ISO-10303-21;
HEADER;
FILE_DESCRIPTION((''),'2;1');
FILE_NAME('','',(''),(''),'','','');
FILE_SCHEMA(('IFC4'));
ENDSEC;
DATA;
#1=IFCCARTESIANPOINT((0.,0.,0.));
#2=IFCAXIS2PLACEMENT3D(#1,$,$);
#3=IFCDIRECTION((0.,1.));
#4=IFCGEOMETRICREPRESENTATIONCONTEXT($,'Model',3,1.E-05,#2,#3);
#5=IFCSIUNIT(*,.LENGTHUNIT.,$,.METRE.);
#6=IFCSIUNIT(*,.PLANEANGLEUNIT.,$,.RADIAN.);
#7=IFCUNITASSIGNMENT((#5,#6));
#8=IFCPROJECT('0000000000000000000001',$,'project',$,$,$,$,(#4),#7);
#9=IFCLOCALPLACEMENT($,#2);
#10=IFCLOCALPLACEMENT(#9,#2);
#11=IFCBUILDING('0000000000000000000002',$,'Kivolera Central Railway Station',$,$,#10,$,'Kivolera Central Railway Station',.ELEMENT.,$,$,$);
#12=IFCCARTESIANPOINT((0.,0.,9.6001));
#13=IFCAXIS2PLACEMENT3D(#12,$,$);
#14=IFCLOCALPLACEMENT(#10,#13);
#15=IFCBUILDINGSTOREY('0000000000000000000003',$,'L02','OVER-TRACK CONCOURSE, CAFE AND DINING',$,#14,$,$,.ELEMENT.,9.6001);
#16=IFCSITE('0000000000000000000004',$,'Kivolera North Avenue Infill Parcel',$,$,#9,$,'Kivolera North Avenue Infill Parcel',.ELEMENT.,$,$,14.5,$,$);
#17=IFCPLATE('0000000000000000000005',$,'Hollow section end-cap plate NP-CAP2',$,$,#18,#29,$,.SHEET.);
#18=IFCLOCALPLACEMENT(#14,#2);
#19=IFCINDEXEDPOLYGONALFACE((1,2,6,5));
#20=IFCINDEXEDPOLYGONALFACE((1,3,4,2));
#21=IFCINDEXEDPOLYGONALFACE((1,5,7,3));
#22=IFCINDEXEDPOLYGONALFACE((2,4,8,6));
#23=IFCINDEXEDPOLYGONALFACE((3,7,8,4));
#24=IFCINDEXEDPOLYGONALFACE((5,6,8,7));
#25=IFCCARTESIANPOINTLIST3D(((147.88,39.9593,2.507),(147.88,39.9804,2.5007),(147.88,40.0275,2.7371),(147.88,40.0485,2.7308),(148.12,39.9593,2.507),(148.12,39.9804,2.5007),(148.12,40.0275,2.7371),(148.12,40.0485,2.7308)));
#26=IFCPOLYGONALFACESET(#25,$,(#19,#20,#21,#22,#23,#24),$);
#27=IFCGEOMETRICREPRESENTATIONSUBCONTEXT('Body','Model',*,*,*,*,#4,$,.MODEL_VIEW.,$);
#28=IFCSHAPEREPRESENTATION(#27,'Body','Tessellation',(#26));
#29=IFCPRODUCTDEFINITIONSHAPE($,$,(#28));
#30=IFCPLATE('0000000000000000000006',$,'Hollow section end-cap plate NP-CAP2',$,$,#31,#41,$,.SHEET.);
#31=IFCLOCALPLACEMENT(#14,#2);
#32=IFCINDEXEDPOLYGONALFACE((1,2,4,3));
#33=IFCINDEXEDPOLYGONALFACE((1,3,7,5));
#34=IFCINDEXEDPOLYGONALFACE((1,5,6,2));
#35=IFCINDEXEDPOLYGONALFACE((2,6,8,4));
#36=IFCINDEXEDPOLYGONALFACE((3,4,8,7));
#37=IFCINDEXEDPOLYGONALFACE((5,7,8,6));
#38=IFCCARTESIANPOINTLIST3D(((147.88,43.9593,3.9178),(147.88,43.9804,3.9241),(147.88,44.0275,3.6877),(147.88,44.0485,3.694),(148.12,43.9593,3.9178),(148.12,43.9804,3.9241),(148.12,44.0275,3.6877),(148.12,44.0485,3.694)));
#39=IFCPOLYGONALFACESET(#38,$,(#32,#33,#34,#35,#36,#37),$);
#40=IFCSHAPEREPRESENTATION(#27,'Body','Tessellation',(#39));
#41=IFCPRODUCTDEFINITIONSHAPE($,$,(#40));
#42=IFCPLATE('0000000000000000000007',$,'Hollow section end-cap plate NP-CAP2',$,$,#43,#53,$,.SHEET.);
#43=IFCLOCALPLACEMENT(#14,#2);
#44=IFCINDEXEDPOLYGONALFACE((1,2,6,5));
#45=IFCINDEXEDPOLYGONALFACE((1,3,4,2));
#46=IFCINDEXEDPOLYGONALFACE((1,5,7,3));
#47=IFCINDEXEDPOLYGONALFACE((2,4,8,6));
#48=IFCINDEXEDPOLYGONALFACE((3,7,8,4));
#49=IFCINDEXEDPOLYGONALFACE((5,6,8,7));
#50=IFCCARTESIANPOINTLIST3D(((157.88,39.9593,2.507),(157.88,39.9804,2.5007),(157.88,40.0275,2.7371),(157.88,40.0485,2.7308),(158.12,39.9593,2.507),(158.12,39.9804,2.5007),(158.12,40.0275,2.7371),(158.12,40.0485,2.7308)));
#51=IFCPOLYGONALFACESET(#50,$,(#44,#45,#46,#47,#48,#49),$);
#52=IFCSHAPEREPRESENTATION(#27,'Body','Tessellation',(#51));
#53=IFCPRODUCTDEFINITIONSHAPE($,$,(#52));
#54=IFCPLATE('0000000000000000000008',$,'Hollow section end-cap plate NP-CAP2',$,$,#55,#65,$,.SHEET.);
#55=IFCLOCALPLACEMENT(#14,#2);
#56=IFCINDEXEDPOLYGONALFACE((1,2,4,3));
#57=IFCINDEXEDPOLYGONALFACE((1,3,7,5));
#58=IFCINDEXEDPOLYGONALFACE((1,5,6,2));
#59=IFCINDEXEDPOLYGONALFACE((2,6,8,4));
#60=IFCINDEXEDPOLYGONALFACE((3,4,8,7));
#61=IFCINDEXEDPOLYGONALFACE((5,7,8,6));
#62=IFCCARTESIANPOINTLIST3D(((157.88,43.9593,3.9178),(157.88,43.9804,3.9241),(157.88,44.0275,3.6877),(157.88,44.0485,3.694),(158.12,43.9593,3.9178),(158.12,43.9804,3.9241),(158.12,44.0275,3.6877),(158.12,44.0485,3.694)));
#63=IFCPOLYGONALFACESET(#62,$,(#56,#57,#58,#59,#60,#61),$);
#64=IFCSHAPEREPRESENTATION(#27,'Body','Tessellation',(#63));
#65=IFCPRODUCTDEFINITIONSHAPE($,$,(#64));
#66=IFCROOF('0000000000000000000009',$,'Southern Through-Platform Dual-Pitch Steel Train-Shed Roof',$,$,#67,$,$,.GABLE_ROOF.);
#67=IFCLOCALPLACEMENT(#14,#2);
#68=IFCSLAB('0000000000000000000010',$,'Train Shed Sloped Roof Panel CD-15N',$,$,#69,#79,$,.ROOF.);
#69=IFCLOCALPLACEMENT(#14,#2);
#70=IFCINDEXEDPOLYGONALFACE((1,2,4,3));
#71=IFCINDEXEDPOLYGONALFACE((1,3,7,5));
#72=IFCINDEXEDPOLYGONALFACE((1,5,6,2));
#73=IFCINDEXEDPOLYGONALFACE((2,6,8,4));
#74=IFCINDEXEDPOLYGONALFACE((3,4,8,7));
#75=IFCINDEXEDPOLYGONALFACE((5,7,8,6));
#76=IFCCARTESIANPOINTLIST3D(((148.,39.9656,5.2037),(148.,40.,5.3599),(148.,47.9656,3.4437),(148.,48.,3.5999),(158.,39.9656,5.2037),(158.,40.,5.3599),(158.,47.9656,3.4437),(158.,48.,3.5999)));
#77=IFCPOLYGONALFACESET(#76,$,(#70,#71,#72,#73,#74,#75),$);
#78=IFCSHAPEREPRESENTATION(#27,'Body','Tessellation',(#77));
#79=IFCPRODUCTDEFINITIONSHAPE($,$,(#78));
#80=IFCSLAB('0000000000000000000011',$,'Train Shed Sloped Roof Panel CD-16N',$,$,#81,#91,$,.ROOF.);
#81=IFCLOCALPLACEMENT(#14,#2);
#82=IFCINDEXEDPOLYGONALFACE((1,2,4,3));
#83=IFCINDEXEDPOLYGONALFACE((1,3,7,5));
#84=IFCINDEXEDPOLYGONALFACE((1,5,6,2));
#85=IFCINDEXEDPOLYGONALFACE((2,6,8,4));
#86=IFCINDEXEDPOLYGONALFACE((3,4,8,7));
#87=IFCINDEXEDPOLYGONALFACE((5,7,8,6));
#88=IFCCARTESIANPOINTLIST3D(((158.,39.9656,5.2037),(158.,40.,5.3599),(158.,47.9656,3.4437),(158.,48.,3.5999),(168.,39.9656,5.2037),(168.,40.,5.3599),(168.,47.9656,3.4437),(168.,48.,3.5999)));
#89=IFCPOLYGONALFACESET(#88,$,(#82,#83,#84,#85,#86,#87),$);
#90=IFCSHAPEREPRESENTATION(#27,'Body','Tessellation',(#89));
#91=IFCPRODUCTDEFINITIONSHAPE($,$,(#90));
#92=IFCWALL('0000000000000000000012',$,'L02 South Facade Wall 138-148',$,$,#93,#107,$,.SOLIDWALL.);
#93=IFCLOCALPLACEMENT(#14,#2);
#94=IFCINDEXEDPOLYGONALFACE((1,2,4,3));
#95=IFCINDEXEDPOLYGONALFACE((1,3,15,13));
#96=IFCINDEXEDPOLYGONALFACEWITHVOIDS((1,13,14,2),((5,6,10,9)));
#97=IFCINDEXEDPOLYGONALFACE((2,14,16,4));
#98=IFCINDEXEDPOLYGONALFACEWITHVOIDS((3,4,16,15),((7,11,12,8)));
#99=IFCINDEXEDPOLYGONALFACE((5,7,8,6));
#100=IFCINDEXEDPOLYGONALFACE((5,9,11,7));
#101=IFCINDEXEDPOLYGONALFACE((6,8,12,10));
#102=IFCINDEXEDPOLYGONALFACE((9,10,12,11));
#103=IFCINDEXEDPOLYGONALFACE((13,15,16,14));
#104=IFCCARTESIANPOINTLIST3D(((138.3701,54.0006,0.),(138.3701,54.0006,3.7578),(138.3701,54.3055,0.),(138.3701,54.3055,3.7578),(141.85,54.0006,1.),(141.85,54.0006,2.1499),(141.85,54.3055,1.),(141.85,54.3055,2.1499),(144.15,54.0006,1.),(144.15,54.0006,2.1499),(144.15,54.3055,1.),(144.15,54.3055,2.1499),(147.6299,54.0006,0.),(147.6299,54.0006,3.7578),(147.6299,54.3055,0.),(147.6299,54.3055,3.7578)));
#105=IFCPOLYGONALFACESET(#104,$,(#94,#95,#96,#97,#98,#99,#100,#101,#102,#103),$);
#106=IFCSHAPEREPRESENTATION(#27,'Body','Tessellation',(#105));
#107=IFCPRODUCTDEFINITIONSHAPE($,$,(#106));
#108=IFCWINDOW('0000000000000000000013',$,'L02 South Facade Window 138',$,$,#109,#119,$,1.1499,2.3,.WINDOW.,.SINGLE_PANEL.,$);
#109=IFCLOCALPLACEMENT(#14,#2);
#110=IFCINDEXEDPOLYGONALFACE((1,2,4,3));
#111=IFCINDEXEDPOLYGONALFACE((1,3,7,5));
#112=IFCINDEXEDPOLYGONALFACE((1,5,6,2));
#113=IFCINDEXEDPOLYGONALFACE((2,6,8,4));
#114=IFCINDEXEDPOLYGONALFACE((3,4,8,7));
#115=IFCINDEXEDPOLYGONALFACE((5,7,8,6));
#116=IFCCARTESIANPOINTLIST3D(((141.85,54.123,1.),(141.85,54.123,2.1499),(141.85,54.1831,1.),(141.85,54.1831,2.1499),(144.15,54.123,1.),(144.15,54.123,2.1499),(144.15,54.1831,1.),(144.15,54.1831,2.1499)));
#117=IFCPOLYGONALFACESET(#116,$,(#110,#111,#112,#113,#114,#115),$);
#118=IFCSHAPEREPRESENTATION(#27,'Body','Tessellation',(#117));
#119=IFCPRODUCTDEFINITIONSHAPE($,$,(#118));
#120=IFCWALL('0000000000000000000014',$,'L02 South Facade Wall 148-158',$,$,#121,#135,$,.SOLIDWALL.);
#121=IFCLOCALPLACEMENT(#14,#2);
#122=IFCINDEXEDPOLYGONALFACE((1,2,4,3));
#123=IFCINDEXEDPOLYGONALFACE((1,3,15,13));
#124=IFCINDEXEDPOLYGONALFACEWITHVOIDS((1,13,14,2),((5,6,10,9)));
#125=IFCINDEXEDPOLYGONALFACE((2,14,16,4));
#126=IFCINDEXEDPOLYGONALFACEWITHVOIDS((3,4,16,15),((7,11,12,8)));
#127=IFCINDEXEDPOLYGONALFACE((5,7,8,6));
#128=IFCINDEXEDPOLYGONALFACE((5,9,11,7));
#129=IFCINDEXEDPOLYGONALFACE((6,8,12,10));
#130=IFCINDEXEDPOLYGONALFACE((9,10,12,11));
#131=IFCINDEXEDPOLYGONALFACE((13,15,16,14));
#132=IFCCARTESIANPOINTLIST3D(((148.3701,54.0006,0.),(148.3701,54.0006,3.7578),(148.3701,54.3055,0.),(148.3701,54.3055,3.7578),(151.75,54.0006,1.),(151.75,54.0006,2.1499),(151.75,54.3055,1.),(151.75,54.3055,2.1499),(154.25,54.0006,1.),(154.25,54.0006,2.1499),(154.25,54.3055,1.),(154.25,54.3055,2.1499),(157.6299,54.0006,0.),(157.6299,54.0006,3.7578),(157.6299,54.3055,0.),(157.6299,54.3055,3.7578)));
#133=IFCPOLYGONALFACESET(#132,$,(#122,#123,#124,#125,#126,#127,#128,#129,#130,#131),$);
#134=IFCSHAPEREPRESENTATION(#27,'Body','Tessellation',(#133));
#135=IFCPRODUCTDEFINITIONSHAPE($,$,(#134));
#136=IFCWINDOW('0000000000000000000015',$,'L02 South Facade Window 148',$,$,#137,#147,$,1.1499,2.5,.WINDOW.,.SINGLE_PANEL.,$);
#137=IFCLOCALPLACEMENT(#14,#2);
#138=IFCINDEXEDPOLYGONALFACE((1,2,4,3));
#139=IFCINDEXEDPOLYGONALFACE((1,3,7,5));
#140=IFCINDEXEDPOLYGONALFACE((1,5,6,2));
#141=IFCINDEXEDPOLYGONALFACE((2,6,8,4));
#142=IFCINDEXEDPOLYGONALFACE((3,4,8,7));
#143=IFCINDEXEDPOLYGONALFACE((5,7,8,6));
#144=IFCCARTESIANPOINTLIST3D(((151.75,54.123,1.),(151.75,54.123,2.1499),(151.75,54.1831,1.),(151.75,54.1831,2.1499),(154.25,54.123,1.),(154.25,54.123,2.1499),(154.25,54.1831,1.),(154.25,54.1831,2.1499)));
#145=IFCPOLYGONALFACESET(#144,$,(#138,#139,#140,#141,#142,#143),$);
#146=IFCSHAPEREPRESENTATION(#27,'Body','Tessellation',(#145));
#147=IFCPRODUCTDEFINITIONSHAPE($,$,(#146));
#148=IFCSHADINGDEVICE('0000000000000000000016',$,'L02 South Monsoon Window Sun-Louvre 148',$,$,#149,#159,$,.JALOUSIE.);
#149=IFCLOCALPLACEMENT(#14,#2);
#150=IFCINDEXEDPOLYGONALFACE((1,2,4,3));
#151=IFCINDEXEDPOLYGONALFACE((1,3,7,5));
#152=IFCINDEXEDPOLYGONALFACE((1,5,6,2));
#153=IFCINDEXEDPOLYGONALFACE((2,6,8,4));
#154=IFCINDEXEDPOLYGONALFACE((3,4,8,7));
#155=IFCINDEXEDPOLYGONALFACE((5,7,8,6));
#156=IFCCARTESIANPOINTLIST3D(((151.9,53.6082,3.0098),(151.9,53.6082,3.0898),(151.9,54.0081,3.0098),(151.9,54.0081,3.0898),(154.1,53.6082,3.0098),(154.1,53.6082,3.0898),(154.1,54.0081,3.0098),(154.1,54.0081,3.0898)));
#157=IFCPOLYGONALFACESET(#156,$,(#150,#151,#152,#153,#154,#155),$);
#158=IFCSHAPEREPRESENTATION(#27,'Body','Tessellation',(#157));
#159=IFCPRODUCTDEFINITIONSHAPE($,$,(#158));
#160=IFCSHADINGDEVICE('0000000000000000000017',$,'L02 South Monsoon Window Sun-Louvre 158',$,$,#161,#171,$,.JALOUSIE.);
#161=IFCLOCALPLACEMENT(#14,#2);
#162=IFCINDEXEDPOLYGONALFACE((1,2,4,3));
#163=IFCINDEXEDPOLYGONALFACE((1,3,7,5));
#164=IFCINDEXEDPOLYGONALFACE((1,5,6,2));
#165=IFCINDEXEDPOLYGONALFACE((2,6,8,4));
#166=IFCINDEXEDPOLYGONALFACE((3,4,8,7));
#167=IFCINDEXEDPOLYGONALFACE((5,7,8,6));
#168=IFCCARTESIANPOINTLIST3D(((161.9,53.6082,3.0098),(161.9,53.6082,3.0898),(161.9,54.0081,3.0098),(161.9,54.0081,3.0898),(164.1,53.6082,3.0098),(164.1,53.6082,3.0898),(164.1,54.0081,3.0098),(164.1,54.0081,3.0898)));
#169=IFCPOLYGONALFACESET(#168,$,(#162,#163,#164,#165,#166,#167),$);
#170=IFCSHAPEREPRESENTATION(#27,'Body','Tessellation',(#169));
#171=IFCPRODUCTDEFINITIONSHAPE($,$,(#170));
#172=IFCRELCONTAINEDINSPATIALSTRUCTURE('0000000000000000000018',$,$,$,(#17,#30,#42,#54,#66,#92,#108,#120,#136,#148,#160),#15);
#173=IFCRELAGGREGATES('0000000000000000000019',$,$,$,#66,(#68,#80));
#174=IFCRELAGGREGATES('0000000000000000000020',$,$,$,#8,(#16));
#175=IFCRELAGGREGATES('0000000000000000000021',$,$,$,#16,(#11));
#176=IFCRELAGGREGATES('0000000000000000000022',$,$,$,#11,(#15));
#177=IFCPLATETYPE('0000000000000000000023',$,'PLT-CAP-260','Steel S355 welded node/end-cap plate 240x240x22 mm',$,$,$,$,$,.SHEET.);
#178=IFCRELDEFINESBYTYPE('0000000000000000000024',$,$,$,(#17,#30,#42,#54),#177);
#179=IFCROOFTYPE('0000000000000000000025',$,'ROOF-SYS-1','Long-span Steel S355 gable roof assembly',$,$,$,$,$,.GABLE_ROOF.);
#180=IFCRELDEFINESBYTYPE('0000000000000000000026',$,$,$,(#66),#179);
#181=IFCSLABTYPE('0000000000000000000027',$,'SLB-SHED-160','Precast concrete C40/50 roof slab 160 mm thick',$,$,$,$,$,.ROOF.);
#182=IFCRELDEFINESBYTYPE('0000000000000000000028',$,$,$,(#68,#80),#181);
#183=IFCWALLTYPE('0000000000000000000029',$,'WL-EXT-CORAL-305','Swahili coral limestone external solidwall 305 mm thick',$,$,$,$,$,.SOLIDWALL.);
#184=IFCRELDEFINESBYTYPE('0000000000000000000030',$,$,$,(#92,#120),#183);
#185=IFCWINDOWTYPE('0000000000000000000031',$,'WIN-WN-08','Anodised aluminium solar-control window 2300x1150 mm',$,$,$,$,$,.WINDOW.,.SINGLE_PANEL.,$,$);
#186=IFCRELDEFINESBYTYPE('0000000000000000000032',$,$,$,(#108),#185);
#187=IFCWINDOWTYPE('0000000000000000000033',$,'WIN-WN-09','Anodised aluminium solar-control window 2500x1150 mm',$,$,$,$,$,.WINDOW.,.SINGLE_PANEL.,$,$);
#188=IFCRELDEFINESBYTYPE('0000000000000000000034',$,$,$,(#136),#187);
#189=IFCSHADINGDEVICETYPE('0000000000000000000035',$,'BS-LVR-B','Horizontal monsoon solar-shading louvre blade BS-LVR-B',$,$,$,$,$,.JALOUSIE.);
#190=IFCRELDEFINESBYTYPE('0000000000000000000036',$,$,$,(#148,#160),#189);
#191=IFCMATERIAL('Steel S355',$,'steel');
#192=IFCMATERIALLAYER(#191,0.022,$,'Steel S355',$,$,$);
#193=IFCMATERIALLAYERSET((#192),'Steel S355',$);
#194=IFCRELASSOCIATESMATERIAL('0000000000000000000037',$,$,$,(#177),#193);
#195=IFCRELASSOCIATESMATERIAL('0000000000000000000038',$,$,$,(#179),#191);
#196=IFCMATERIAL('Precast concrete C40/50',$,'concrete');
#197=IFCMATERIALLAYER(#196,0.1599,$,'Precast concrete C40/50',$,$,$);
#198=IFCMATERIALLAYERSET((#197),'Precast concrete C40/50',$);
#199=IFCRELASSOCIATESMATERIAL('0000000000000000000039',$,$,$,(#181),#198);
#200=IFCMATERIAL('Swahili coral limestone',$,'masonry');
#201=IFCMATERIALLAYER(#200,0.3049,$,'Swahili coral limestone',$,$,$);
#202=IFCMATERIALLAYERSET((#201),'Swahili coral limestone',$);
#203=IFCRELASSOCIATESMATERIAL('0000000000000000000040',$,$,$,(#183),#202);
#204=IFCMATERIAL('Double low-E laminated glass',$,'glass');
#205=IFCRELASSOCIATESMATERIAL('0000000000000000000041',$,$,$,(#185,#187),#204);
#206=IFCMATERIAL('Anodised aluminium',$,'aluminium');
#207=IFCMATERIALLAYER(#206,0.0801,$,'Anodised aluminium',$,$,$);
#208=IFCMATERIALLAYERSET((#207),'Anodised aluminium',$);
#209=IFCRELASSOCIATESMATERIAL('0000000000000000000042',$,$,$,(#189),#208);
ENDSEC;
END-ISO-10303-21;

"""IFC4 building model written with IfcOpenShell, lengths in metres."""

from ifc_helpers import new_model, si_unit, direction, frame, frame_2d, origin, origin_2d, place, context, subcontext, project, spatial, polyline, rectangle, outline, extrude, material, layer, layer_set, type_object, element, fill, aggregate, save


model = new_model("IFC4")

# Units and contexts
model_context = context("Model", 3, precision=1e-05, world=origin(), true_north=direction((0.0, 1.0)))
body_context = subcontext(model_context, "Body", "Model", "MODEL_VIEW")
ifc_project = project(units=[si_unit("LENGTHUNIT", "METRE"), si_unit("PLANEANGLEUNIT", "RADIAN")], contexts=[model_context])

# Site, building, storey
site_placement = place(None, origin())
site = spatial("IfcSite", under=ifc_project, at=site_placement, Name="Kivolera North Avenue Infill Parcel", LongName="Kivolera North Avenue Infill Parcel", CompositionType="ELEMENT", RefElevation=14.5)
building_placement = place(site_placement, origin())
building = spatial("IfcBuilding", under=site, at=building_placement, Name="Kivolera Central Railway Station", LongName="Kivolera Central Railway Station", CompositionType="ELEMENT")
storey_placement = place(building_placement, frame((0.0, 0.0, 9.6001)))
storey = spatial("IfcBuildingStorey", under=building, at=storey_placement, Name="L02", Description="OVER-TRACK CONCOURSE, CAFE AND DINING", CompositionType="ELEMENT", Elevation=9.6001)

# Shared definitions
ifc_material_1 = material(Name="Steel S355", Category="steel")

# Plates
ifc_layer_1 = layer(ifc_material_1, 0.022, Name="Steel S355")
ifc_layer_set_1 = layer_set([ifc_layer_1], Name="Steel S355")
plate_type_1 = type_object("IfcPlateType", Name="PLT-CAP-260", Description="Steel S355 welded node/end-cap plate 240x240x22 mm", PredefinedType="SHEET", material=ifc_layer_set_1)
for number, where, z_axis, x_axis, name in (
    (1, (148.0, 40.0039, 2.6189), (0.0, -0.95881, 0.284048), (1.0, 0.0, 0.0), "Hollow section end-cap plate NP-CAP2"),
    (2, (148.0, 44.0039, 3.8059), (0.0, 0.95881, 0.284048), (-1.0, 0.0, 0.0), "Hollow section end-cap plate NP-CAP2"),
    (3, (158.0, 40.0039, 2.6189), (0.0, -0.95881, 0.284048), (1.0, 0.0, 0.0), "Hollow section end-cap plate NP-CAP2"),
    (4, (158.0, 44.0039, 3.8059), (0.0, 0.95881, 0.284048), (-1.0, 0.0, 0.0), "Hollow section end-cap plate NP-CAP2"),
):
    element("IfcPlate", number, at=place(storey_placement, frame(where, z_axis=z_axis, x_axis=x_axis)), inside=storey, type_object=plate_type_1, Name=name, PredefinedType="SHEET", context=body_context, shape_type="SweptSolid", body=[
        extrude(rectangle(XDim=0.24, YDim=0.24, at=origin_2d()), frame((0.0, 0.0, -0.011)), (0.0, 0.0, 1.0), 0.022),
    ])

# Roof, slabs
roof_type = type_object("IfcRoofType", Name="ROOF-SYS-1", Description="Long-span Steel S355 gable roof assembly", PredefinedType="GABLE_ROOF", material=ifc_material_1)
roof_placement = place(storey_placement, origin())
roof = element("IfcRoof", 5, at=roof_placement, inside=storey, type_object=roof_type, Name="Southern Through-Platform Dual-Pitch Steel Train-Shed Roof", PredefinedType="GABLE_ROOF")
ifc_material_2 = material(Name="Precast concrete C40/50", Category="concrete")
ifc_layer_2 = layer(ifc_material_2, 0.1599, Name="Precast concrete C40/50")
ifc_layer_set_2 = layer_set([ifc_layer_2], Name="Precast concrete C40/50")
slab_type = type_object("IfcSlabType", Name="SLB-SHED-160", Description="Precast concrete C40/50 roof slab 160 mm thick", PredefinedType="ROOF", material=ifc_layer_set_2)
slab_1_placement = place(storey_placement, frame((148.0, 40.0, 5.3599), z_axis=(0.0, 0.214863, 0.976644), x_axis=(1.0, 0.0, 0.0)))
slab_1 = element("IfcSlab", 6, at=slab_1_placement, type_object=slab_type, Name="Train Shed Sloped Roof Panel CD-15N", PredefinedType="ROOF", context=body_context, shape_type="SweptSolid", body=[
    extrude(outline(polyline([(0.0, 0.0), (10.0, 0.0), (10.0, 8.1913), (0.0, 8.1913), (0.0, 0.0)])), origin(), (0.0, 0.0, -1.0), 0.1599),
])
slab_2_placement = place(storey_placement, frame((158.0, 40.0, 5.3599), z_axis=(0.0, 0.214863, 0.976644), x_axis=(1.0, 0.0, 0.0)))
slab_2 = element("IfcSlab", 7, at=slab_2_placement, type_object=slab_type, Name="Train Shed Sloped Roof Panel CD-16N", PredefinedType="ROOF", context=body_context, shape_type="SweptSolid", body=[
    extrude(outline(polyline([(0.0, 0.0), (10.0, 0.0), (10.0, 8.1913), (0.0, 8.1913), (0.0, 0.0)])), origin(), (0.0, 0.0, -1.0), 0.1599),
])
aggregate(roof, [slab_1, slab_2])

# Walls, openings, windows
ifc_material_3 = material(Name="Swahili coral limestone", Category="masonry")
ifc_layer_3 = layer(ifc_material_3, 0.3049, Name="Swahili coral limestone")
ifc_layer_set_3 = layer_set([ifc_layer_3], Name="Swahili coral limestone")
wall_type = type_object("IfcWallType", Name="WL-EXT-CORAL-305", Description="Swahili coral limestone external solidwall 305 mm thick", PredefinedType="SOLIDWALL", material=ifc_layer_set_3)
wall_1_placement = place(storey_placement, frame((147.6299, 54.1531, 0.0), z_axis=(0.0, 0.0, 1.0), x_axis=(-1.0, 0.0, 0.0)))
wall_1 = element("IfcWall", 8, at=wall_1_placement, inside=storey, type_object=wall_type, Name="L02 South Facade Wall 138-148", PredefinedType="SOLIDWALL", context=body_context, shape_type="SweptSolid", body=[
    extrude(rectangle(XDim=9.2598, YDim=0.3049, at=frame_2d((4.6299, 0.0))), origin(), (0.0, 0.0, 1.0), 3.7578),
])
opening_1_placement = place(wall_1_placement, frame((3.48, 0.0, 1.0)))
opening_1 = element("IfcOpeningElement", 9, at=opening_1_placement, cuts=wall_1, PredefinedType="OPENING", context=body_context, shape_type="SweptSolid", body=[
    extrude(rectangle(XDim=2.3, YDim=1.1499, at=frame_2d((1.1499, 0.575))), frame((0.0, 0.1624, 0.0), z_axis=(0.0, -1.0, 0.0), x_axis=(1.0, 0.0, 0.0)), (0.0, 0.0, 1.0), 0.325),
])
ifc_material_4 = material(Name="Double low-E laminated glass", Category="glass")
window_type_1 = type_object("IfcWindowType", Name="WIN-WN-08", Description="Anodised aluminium solar-control window 2300x1150 mm", PartitioningType="SINGLE_PANEL", PredefinedType="WINDOW", material=ifc_material_4)
window_1_placement = place(opening_1_placement, origin())
window_1 = element("IfcWindow", 10, at=window_1_placement, inside=storey, type_object=window_type_1, Name="L02 South Facade Window 138", OverallHeight=1.1499, OverallWidth=2.3, PartitioningType="SINGLE_PANEL", PredefinedType="WINDOW", context=body_context, shape_type="SweptSolid", body=[
    extrude(rectangle(XDim=2.3, YDim=1.1499, at=frame_2d((1.1499, 0.575))), frame((0.0, 0.03, 0.0), z_axis=(0.0, -1.0, 0.0), x_axis=(1.0, 0.0, 0.0)), (0.0, 0.0, 1.0), 0.0601),
])
fill(opening_1, window_1)
wall_2_placement = place(storey_placement, frame((157.6299, 54.1531, 0.0), z_axis=(0.0, 0.0, 1.0), x_axis=(-1.0, 0.0, 0.0)))
wall_2 = element("IfcWall", 11, at=wall_2_placement, inside=storey, type_object=wall_type, Name="L02 South Facade Wall 148-158", PredefinedType="SOLIDWALL", context=body_context, shape_type="SweptSolid", body=[
    extrude(rectangle(XDim=9.2598, YDim=0.3049, at=frame_2d((4.6299, 0.0))), origin(), (0.0, 0.0, 1.0), 3.7578),
])
opening_2_placement = place(wall_2_placement, frame((3.3799, 0.0, 1.0)))
opening_2 = element("IfcOpeningElement", 12, at=opening_2_placement, cuts=wall_2, PredefinedType="OPENING", context=body_context, shape_type="SweptSolid", body=[
    extrude(rectangle(XDim=2.5, YDim=1.1499, at=frame_2d((1.25, 0.575))), frame((0.0, 0.1624, 0.0), z_axis=(0.0, -1.0, 0.0), x_axis=(1.0, 0.0, 0.0)), (0.0, 0.0, 1.0), 0.325),
])
window_type_2 = type_object("IfcWindowType", Name="WIN-WN-09", Description="Anodised aluminium solar-control window 2500x1150 mm", PartitioningType="SINGLE_PANEL", PredefinedType="WINDOW", material=ifc_material_4)
window_2_placement = place(opening_2_placement, origin())
window_2 = element("IfcWindow", 13, at=window_2_placement, inside=storey, type_object=window_type_2, Name="L02 South Facade Window 148", OverallHeight=1.1499, OverallWidth=2.5, PartitioningType="SINGLE_PANEL", PredefinedType="WINDOW", context=body_context, shape_type="SweptSolid", body=[
    extrude(rectangle(XDim=2.5, YDim=1.1499, at=frame_2d((1.25, 0.575))), frame((0.0, 0.03, 0.0), z_axis=(0.0, -1.0, 0.0), x_axis=(1.0, 0.0, 0.0)), (0.0, 0.0, 1.0), 0.0601),
])
fill(opening_2, window_2)

# Shading devices
ifc_material_5 = material(Name="Anodised aluminium", Category="aluminium")
ifc_layer_4 = layer(ifc_material_5, 0.0801, Name="Anodised aluminium")
ifc_layer_set_4 = layer_set([ifc_layer_4], Name="Anodised aluminium")
shading_device_type = type_object("IfcShadingDeviceType", Name="BS-LVR-B", Description="Horizontal monsoon solar-shading louvre blade BS-LVR-B", PredefinedType="JALOUSIE", material=ifc_layer_set_4)
for number, where, z_axis, x_axis, name in (
    (14, (153.0, 53.8081, 3.0098), (0.0, 0.0, 1.0), (1.0, 0.0, 0.0), "L02 South Monsoon Window Sun-Louvre 148"),
    (15, (163.0, 53.8081, 3.0098), (0.0, 0.0, 1.0), (1.0, 0.0, 0.0), "L02 South Monsoon Window Sun-Louvre 158"),
):
    element("IfcShadingDevice", number, at=place(storey_placement, frame(where, z_axis=z_axis, x_axis=x_axis)), inside=storey, type_object=shading_device_type, Name=name, PredefinedType="JALOUSIE", context=body_context, shape_type="SweptSolid", body=[
        extrude(rectangle(XDim=2.2, YDim=0.3999, at=origin_2d()), origin(), (0.0, 0.0, 1.0), 0.0801),
    ])

save(model, "model.ifc")
